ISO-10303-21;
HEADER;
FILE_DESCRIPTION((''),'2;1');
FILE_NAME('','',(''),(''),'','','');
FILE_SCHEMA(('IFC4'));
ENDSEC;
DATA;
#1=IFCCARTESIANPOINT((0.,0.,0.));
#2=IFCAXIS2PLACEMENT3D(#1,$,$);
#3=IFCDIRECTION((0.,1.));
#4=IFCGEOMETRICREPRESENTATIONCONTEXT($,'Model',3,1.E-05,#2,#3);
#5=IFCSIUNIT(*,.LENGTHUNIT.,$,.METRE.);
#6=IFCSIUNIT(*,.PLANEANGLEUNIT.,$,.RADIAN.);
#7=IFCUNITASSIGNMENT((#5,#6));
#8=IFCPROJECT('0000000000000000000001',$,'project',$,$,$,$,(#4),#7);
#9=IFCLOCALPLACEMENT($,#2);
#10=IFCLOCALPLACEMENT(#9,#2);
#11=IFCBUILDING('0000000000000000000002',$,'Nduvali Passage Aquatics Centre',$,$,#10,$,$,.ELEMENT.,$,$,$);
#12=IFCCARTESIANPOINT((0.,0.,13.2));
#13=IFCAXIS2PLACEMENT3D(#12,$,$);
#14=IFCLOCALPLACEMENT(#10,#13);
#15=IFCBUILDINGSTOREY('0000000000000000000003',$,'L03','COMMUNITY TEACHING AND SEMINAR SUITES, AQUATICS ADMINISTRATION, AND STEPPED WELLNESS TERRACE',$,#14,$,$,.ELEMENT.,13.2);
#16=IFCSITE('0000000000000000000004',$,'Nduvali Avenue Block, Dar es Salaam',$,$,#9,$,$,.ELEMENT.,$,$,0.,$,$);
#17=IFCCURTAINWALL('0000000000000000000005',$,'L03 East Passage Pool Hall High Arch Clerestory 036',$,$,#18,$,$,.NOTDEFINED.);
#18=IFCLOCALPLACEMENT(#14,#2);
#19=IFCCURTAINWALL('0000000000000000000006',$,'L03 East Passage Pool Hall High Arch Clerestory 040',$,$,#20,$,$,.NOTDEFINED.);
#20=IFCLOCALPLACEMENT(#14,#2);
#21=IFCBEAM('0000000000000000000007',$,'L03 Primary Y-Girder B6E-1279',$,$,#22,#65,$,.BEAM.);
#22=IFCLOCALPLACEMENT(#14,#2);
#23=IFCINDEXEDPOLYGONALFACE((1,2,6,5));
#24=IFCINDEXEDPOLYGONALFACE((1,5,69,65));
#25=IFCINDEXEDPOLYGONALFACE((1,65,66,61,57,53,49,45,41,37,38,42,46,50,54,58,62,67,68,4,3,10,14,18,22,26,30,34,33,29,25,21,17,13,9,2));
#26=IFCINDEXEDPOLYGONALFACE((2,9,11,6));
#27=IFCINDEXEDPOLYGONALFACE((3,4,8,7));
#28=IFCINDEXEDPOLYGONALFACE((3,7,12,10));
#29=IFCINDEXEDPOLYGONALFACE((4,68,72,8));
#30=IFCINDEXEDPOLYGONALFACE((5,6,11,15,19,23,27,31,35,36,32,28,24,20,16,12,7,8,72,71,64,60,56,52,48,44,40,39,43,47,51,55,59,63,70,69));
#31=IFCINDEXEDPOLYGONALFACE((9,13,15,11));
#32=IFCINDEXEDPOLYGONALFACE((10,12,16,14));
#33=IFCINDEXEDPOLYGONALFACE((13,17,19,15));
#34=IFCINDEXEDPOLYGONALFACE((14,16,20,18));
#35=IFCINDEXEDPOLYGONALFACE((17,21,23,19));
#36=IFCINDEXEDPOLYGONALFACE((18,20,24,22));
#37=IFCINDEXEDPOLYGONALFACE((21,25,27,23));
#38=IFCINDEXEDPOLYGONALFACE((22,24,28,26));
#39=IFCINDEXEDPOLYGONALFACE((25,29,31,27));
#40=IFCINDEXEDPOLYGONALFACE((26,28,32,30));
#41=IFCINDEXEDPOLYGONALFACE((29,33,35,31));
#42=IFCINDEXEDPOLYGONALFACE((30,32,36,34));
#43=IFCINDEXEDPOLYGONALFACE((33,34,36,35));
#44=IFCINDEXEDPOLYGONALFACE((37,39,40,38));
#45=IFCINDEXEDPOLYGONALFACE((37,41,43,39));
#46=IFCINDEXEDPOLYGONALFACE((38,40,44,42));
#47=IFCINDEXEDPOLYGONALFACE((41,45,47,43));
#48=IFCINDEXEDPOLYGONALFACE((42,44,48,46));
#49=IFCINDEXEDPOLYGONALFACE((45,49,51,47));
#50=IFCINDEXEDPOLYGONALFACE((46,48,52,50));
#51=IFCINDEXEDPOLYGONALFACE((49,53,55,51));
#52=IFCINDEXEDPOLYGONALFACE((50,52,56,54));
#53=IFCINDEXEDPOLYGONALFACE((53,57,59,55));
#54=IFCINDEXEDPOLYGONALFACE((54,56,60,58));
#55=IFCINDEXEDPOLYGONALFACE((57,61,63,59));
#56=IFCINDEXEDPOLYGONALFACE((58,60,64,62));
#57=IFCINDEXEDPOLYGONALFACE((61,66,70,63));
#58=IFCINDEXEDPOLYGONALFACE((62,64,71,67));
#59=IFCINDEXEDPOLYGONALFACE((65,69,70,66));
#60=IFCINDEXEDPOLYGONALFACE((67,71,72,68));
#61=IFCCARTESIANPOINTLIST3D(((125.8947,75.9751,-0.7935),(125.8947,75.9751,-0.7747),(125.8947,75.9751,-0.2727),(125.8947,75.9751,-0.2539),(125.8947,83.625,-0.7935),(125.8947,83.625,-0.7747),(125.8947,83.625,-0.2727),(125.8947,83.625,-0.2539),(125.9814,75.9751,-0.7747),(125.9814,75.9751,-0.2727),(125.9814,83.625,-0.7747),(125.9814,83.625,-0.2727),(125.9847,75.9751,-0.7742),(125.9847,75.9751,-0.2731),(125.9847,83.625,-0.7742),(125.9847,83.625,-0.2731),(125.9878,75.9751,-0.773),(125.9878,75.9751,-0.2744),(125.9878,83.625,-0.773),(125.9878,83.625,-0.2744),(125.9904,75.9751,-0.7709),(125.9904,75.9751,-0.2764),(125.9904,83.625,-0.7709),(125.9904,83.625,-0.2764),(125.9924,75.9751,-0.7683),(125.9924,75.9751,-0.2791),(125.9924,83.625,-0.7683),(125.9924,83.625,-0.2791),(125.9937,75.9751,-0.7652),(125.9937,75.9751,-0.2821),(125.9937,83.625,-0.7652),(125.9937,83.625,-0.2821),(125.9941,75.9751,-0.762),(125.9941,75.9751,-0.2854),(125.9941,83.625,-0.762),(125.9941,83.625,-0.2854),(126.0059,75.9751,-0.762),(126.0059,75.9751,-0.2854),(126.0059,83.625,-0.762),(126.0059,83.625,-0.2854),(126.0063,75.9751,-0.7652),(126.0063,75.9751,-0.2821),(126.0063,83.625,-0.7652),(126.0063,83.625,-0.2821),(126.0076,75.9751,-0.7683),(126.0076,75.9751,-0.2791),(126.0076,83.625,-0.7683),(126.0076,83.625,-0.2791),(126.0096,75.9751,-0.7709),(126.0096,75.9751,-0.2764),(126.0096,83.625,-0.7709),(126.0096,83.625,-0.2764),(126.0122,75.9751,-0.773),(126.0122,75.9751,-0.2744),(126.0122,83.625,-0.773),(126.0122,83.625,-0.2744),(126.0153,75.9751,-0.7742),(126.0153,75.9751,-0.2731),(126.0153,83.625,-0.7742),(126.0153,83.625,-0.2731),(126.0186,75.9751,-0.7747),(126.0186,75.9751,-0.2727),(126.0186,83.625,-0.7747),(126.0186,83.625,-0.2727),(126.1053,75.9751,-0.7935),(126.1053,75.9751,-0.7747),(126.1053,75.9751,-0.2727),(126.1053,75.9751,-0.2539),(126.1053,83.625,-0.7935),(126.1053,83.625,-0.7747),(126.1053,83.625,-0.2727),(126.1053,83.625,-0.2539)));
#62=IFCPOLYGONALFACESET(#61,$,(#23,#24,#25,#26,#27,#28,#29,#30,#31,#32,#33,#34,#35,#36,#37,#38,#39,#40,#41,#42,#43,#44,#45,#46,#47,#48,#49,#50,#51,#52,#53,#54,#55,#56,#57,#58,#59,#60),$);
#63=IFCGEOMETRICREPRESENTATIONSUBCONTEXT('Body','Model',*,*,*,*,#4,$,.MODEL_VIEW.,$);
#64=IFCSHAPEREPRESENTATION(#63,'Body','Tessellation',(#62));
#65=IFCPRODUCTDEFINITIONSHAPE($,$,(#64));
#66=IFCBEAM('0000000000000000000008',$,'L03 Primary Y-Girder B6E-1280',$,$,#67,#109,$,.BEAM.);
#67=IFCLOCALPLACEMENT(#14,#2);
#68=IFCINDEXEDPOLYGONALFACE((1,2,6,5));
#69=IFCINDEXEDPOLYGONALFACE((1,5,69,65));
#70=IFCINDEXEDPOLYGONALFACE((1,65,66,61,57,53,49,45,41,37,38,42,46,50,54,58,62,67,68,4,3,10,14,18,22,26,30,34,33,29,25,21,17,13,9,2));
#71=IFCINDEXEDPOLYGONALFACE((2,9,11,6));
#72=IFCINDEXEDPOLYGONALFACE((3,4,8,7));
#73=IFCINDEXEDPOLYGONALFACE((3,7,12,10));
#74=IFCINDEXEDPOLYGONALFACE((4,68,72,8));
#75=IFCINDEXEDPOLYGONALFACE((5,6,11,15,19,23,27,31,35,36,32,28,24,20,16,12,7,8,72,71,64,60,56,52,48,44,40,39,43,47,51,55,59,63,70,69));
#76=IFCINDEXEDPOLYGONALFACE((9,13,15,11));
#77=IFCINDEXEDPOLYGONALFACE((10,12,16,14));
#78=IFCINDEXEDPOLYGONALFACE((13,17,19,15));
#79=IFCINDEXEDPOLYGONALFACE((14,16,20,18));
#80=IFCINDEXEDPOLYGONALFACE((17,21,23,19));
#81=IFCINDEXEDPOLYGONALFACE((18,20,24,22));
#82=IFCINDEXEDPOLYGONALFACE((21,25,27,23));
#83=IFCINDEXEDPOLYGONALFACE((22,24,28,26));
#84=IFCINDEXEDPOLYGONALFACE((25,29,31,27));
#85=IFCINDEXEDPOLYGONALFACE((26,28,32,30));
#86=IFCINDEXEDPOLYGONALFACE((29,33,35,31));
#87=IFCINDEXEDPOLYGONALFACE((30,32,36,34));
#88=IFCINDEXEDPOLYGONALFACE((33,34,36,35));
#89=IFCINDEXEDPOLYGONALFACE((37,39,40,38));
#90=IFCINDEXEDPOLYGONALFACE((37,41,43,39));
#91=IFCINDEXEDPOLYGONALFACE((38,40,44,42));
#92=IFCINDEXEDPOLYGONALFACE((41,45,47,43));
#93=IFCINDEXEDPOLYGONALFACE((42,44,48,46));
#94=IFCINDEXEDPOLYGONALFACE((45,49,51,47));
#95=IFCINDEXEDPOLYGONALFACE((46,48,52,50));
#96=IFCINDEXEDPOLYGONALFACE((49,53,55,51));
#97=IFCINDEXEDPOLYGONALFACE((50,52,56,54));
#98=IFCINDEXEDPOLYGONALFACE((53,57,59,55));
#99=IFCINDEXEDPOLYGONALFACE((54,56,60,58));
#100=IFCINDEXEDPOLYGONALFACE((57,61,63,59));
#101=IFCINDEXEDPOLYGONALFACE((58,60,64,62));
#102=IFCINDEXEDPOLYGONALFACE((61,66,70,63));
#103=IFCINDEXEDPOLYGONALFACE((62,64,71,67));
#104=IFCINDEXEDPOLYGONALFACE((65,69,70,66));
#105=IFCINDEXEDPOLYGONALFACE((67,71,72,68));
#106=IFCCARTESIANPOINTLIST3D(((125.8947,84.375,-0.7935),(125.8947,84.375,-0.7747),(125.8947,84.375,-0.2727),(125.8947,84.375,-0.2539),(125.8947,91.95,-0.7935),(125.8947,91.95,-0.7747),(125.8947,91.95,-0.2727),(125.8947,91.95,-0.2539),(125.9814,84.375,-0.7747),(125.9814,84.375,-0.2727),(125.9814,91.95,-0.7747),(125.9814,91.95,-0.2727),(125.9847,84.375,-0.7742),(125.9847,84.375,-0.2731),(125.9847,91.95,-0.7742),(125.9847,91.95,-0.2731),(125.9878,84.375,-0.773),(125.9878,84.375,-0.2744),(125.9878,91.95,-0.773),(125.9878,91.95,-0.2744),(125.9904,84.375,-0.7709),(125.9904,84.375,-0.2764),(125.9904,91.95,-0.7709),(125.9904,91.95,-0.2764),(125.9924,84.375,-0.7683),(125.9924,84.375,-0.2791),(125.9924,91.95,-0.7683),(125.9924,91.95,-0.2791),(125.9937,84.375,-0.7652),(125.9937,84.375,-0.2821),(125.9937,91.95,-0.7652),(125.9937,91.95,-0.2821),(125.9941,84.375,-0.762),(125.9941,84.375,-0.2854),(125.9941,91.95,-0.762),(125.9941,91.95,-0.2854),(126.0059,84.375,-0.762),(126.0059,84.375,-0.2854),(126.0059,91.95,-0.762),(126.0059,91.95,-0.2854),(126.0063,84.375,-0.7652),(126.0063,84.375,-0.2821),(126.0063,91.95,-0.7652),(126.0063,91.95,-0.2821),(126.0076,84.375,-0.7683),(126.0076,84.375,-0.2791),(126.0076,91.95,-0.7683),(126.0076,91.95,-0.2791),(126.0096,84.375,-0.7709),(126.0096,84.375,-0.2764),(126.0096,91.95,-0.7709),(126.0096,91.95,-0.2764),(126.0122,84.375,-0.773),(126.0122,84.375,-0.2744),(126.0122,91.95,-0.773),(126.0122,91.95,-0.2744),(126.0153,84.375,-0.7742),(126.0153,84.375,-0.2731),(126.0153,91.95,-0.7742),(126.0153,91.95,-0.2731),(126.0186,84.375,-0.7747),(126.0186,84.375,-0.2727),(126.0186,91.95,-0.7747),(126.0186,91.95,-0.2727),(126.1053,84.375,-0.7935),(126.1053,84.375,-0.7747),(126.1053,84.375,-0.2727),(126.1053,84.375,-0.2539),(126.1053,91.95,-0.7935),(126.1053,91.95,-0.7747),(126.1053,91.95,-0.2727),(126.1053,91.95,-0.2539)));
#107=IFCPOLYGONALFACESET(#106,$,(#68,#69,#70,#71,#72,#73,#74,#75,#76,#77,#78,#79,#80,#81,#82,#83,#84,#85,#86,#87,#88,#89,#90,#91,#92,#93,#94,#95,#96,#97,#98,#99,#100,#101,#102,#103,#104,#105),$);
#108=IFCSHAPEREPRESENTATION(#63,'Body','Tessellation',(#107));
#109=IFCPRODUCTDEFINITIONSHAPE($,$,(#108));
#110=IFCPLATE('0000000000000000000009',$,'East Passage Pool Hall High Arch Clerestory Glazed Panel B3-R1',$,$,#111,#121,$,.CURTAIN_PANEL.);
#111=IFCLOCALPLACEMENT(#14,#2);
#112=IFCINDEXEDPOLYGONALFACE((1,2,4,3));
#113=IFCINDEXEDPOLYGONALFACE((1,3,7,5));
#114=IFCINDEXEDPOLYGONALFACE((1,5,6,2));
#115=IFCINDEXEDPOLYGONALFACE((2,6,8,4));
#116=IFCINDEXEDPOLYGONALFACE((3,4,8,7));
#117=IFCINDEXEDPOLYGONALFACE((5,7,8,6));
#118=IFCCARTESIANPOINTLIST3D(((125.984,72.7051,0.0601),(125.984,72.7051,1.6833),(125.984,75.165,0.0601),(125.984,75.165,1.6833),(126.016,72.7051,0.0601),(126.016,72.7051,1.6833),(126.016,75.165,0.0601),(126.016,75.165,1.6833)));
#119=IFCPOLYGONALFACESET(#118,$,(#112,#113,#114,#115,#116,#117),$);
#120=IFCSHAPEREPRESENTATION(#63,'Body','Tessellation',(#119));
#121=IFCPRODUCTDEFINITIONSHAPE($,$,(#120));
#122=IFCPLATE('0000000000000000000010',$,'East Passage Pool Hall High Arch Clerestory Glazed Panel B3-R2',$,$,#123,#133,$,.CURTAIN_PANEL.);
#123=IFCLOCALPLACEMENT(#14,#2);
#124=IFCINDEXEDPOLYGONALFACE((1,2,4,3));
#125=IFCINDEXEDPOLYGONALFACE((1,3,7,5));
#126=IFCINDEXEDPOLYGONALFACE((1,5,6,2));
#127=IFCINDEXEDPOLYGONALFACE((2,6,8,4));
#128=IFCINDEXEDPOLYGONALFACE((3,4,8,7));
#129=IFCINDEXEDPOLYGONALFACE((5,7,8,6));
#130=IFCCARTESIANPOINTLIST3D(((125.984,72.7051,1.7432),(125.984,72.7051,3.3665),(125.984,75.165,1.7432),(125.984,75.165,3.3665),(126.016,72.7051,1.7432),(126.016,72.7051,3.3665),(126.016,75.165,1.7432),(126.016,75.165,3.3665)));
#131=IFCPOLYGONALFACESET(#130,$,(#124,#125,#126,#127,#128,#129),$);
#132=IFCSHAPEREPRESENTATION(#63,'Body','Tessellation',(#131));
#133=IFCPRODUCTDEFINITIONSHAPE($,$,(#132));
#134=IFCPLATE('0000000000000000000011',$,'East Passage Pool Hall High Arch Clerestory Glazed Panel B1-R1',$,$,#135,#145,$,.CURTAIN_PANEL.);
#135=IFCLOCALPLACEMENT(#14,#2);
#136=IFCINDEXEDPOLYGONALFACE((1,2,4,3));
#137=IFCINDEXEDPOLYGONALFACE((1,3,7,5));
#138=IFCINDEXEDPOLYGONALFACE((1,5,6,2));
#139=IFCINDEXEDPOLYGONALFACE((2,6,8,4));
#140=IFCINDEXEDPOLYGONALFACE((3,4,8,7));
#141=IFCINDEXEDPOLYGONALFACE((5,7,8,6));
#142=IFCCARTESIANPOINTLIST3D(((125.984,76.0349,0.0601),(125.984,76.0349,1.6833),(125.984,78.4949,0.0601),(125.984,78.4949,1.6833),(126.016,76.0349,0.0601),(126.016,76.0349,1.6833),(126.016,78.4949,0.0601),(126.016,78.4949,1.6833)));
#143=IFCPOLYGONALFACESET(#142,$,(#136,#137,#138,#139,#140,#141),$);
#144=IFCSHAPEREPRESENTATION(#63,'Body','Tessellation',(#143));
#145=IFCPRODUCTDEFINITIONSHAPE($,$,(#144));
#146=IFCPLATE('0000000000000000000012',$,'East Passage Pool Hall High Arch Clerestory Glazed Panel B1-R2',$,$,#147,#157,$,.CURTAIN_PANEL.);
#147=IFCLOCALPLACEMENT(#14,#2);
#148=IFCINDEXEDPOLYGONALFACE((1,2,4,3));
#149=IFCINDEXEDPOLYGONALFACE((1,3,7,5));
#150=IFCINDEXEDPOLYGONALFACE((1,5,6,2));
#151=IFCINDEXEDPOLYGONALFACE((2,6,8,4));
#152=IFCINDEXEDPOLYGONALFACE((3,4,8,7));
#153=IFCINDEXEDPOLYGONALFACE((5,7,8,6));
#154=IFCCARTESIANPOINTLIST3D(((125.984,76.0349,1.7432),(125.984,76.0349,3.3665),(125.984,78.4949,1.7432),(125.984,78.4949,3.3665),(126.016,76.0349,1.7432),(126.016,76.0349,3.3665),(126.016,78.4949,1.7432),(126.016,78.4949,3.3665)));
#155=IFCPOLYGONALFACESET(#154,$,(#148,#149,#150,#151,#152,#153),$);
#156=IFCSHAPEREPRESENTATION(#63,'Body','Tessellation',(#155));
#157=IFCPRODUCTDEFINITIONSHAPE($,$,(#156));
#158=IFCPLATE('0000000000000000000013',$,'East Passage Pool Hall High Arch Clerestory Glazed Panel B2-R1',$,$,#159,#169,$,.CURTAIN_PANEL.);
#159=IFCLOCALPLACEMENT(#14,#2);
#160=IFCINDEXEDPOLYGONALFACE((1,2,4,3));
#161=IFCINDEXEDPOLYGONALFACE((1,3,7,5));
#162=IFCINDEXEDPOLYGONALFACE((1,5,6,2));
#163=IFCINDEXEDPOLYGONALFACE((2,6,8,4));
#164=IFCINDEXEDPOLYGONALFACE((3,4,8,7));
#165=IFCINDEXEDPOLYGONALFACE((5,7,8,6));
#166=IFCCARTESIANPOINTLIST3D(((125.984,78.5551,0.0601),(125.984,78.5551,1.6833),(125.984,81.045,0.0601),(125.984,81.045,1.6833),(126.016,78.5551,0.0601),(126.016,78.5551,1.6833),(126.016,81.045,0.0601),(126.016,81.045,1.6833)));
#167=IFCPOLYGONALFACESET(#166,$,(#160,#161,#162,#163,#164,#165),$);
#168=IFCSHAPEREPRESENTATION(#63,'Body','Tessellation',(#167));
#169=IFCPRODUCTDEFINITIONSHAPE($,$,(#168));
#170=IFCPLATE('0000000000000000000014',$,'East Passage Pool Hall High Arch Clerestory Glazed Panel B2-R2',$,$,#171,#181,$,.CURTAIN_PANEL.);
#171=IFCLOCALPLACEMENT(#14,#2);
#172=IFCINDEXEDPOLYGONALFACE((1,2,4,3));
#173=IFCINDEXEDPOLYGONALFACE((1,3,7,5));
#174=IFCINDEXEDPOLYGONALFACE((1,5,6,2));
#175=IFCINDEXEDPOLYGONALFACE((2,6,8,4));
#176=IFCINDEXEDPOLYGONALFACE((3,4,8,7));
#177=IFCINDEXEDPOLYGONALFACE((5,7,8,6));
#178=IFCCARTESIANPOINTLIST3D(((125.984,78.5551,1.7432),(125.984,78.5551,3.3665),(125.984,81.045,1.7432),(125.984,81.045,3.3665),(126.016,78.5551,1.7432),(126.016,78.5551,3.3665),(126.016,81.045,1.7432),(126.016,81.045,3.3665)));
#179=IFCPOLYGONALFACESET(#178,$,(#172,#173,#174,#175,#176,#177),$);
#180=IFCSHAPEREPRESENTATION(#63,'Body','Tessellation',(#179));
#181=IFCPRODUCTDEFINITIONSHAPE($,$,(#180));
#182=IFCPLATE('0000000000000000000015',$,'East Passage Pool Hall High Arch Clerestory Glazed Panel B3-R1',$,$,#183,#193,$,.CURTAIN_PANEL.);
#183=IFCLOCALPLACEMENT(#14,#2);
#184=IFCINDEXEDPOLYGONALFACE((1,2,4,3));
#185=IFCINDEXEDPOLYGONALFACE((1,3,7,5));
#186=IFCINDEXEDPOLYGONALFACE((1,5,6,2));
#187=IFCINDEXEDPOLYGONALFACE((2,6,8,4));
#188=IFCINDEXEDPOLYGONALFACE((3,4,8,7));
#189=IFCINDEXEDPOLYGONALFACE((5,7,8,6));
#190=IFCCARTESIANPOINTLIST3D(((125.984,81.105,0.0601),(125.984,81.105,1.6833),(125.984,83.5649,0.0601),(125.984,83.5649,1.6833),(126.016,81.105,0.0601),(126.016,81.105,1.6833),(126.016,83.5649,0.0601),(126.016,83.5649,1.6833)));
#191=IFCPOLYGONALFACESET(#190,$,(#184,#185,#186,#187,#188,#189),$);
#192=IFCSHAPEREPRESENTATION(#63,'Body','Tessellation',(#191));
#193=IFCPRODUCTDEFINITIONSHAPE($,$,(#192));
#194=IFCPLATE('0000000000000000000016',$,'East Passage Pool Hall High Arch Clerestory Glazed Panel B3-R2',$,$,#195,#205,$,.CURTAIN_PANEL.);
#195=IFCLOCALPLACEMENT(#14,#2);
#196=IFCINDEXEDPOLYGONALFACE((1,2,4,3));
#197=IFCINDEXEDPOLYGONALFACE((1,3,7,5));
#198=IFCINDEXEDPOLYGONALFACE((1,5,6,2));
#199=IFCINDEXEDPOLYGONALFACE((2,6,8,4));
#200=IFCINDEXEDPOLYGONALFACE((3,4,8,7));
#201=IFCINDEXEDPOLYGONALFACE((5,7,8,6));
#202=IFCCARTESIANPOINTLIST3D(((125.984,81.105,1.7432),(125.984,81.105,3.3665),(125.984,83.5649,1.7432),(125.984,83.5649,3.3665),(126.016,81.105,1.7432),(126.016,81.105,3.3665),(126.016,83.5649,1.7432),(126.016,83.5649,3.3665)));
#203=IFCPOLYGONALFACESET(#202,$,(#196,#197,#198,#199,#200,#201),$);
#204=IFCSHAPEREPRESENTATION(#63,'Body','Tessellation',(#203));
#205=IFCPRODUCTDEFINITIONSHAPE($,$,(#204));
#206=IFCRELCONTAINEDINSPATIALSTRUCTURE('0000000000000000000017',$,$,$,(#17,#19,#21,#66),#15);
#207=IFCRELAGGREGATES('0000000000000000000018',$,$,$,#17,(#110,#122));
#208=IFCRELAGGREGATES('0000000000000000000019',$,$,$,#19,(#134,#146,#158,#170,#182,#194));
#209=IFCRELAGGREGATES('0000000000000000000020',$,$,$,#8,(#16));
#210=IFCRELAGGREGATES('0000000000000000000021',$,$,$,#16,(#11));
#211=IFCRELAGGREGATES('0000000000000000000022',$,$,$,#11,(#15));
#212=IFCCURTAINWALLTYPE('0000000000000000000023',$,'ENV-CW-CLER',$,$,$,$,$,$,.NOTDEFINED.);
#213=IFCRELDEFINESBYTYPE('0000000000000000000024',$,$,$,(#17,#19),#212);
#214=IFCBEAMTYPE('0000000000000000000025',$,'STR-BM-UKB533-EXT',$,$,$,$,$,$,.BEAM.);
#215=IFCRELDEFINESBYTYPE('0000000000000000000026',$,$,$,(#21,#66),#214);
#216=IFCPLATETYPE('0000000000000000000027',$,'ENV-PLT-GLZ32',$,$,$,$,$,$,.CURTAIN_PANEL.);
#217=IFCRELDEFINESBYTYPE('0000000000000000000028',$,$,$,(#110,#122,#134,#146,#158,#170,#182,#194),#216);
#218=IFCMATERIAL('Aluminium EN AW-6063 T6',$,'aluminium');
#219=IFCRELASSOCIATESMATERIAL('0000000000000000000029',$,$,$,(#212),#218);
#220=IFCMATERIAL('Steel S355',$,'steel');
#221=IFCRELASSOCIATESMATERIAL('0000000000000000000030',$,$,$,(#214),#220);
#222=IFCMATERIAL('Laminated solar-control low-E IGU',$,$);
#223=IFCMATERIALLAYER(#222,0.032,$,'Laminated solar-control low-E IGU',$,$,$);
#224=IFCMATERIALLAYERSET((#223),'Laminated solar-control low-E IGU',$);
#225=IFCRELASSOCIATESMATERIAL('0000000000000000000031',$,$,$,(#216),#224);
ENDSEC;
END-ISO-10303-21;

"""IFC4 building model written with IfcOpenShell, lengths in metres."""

from ifc_helpers import new_model, si_unit, direction, frame, origin, origin_2d, place, context, subcontext, project, spatial, rectangle, i_section, extrude, material, layer, layer_set, material_profile, profile_set, type_object, element, aggregate, save


model = new_model("IFC4")

# Units and contexts
model_context = context("Model", 3, precision=1e-05, world=origin(), true_north=direction((0.0, 1.0)))
body_context = subcontext(model_context, "Body", "Model", "MODEL_VIEW")
ifc_project = project(units=[si_unit("LENGTHUNIT", "METRE"), si_unit("PLANEANGLEUNIT", "RADIAN")], contexts=[model_context])

# Site, building, storey
site_placement = place(None, origin())
site = spatial("IfcSite", under=ifc_project, at=site_placement, Name="Nduvali Avenue Block, Dar es Salaam", CompositionType="ELEMENT", RefElevation=0.0)
building_placement = place(site_placement, origin())
building = spatial("IfcBuilding", under=site, at=building_placement, Name="Nduvali Passage Aquatics Centre", CompositionType="ELEMENT")
storey_placement = place(building_placement, frame((0.0, 0.0, 13.2)))
storey = spatial("IfcBuildingStorey", under=building, at=storey_placement, Name="L03", Description="COMMUNITY TEACHING AND SEMINAR SUITES, AQUATICS ADMINISTRATION, AND STEPPED WELLNESS TERRACE", CompositionType="ELEMENT", Elevation=13.2)

# Curtain wall
ifc_material_1 = material(Name="Aluminium EN AW-6063 T6", Category="aluminium")
curtain_wall_type = type_object("IfcCurtainWallType", Name="ENV-CW-CLER", PredefinedType="NOTDEFINED", material=ifc_material_1)
curtain_wall_1_placement = place(storey_placement, origin())
curtain_wall_1 = element("IfcCurtainWall", 1, at=curtain_wall_1_placement, inside=storey, type_object=curtain_wall_type, Name="L03 East Passage Pool Hall High Arch Clerestory 036", PredefinedType="NOTDEFINED")

# Curtain wall
curtain_wall_2_placement = place(storey_placement, origin())
curtain_wall_2 = element("IfcCurtainWall", 2, at=curtain_wall_2_placement, inside=storey, type_object=curtain_wall_type, Name="L03 East Passage Pool Hall High Arch Clerestory 040", PredefinedType="NOTDEFINED")

# Beams
ifc_material_2 = material(Name="Steel S355", Category="steel")
ifc_material_profile_1 = material_profile(ifc_material_2, i_section(OverallWidth=0.2107, OverallDepth=0.5396, WebThickness=0.0117, FlangeThickness=0.0188, FilletRadius=0.0127, at=origin_2d()), Name="UKB 533x210x109")
ifc_profile_set_1 = profile_set([ifc_material_profile_1], Name="Steel S355")
beam_type = type_object("IfcBeamType", Name="STR-BM-UKB533-EXT", PredefinedType="BEAM", material=ifc_profile_set_1)
beam_1_placement = place(storey_placement, frame((126.0, 75.9751, -0.5237), z_axis=(0.0, 1.0, 0.0), x_axis=(-1.0, 0.0, 0.0)))
element("IfcBeam", 3, at=beam_1_placement, inside=storey, type_object=beam_type, Name="L03 Primary Y-Girder B6E-1279", PredefinedType="BEAM", context=body_context, shape_type="SweptSolid", body=[
    extrude(i_section(OverallWidth=0.2107, OverallDepth=0.5396, WebThickness=0.0117, FlangeThickness=0.0188, FilletRadius=0.0127, at=origin_2d()), origin(), (0.0, 0.0, 1.0), 7.6499),
])
beam_2_placement = place(storey_placement, frame((126.0, 84.375, -0.5237), z_axis=(0.0, 1.0, 0.0), x_axis=(-1.0, 0.0, 0.0)))
element("IfcBeam", 4, at=beam_2_placement, inside=storey, type_object=beam_type, Name="L03 Primary Y-Girder B6E-1280", PredefinedType="BEAM", context=body_context, shape_type="SweptSolid", body=[
    extrude(i_section(OverallWidth=0.2107, OverallDepth=0.5396, WebThickness=0.0117, FlangeThickness=0.0188, FilletRadius=0.0127, at=origin_2d()), origin(), (0.0, 0.0, 1.0), 7.575),
])

# Plates
ifc_material_3 = material(Name="Laminated solar-control low-E IGU")
ifc_layer = layer(ifc_material_3, 0.032, Name="Laminated solar-control low-E IGU")
ifc_layer_set = layer_set([ifc_layer], Name="Laminated solar-control low-E IGU")
plate_type = type_object("IfcPlateType", Name="ENV-PLT-GLZ32", PredefinedType="CURTAIN_PANEL", material=ifc_layer_set)
plate_1_placement = place(storey_placement, frame((126.0, 73.9351, 0.0601), z_axis=(0.0, 0.0, 1.0), x_axis=(0.0, 1.0, 0.0)))
plate_1 = element("IfcPlate", 5, at=plate_1_placement, type_object=plate_type, Name="East Passage Pool Hall High Arch Clerestory Glazed Panel B3-R1", PredefinedType="CURTAIN_PANEL", context=body_context, shape_type="SweptSolid", body=[
    extrude(rectangle(XDim=2.46, YDim=0.032, at=origin_2d()), origin(), (0.0, 0.0, 1.0), 1.6233),
])
plate_2_placement = place(storey_placement, frame((126.0, 73.9351, 1.7432), z_axis=(0.0, 0.0, 1.0), x_axis=(0.0, 1.0, 0.0)))
plate_2 = element("IfcPlate", 6, at=plate_2_placement, type_object=plate_type, Name="East Passage Pool Hall High Arch Clerestory Glazed Panel B3-R2", PredefinedType="CURTAIN_PANEL", context=body_context, shape_type="SweptSolid", body=[
    extrude(rectangle(XDim=2.46, YDim=0.032, at=origin_2d()), origin(), (0.0, 0.0, 1.0), 1.6233),
])
aggregate(curtain_wall_1, [plate_1, plate_2])
plate_3_placement = place(storey_placement, frame((126.0, 77.2649, 0.0601), z_axis=(0.0, 0.0, 1.0), x_axis=(0.0, 1.0, 0.0)))
plate_3 = element("IfcPlate", 7, at=plate_3_placement, type_object=plate_type, Name="East Passage Pool Hall High Arch Clerestory Glazed Panel B1-R1", PredefinedType="CURTAIN_PANEL", context=body_context, shape_type="SweptSolid", body=[
    extrude(rectangle(XDim=2.46, YDim=0.032, at=origin_2d()), origin(), (0.0, 0.0, 1.0), 1.6233),
])
plate_4_placement = place(storey_placement, frame((126.0, 77.2649, 1.7432), z_axis=(0.0, 0.0, 1.0), x_axis=(0.0, 1.0, 0.0)))
plate_4 = element("IfcPlate", 8, at=plate_4_placement, type_object=plate_type, Name="East Passage Pool Hall High Arch Clerestory Glazed Panel B1-R2", PredefinedType="CURTAIN_PANEL", context=body_context, shape_type="SweptSolid", body=[
    extrude(rectangle(XDim=2.46, YDim=0.032, at=origin_2d()), origin(), (0.0, 0.0, 1.0), 1.6233),
])
plate_5_placement = place(storey_placement, frame((126.0, 79.8, 0.0601), z_axis=(0.0, 0.0, 1.0), x_axis=(0.0, 1.0, 0.0)))
plate_5 = element("IfcPlate", 9, at=plate_5_placement, type_object=plate_type, Name="East Passage Pool Hall High Arch Clerestory Glazed Panel B2-R1", PredefinedType="CURTAIN_PANEL", context=body_context, shape_type="SweptSolid", body=[
    extrude(rectangle(XDim=2.49, YDim=0.032, at=origin_2d()), origin(), (0.0, 0.0, 1.0), 1.6233),
])
plate_6_placement = place(storey_placement, frame((126.0, 79.8, 1.7432), z_axis=(0.0, 0.0, 1.0), x_axis=(0.0, 1.0, 0.0)))
plate_6 = element("IfcPlate", 10, at=plate_6_placement, type_object=plate_type, Name="East Passage Pool Hall High Arch Clerestory Glazed Panel B2-R2", PredefinedType="CURTAIN_PANEL", context=body_context, shape_type="SweptSolid", body=[
    extrude(rectangle(XDim=2.49, YDim=0.032, at=origin_2d()), origin(), (0.0, 0.0, 1.0), 1.6233),
])
plate_7_placement = place(storey_placement, frame((126.0, 82.335, 0.0601), z_axis=(0.0, 0.0, 1.0), x_axis=(0.0, 1.0, 0.0)))
plate_7 = element("IfcPlate", 11, at=plate_7_placement, type_object=plate_type, Name="East Passage Pool Hall High Arch Clerestory Glazed Panel B3-R1", PredefinedType="CURTAIN_PANEL", context=body_context, shape_type="SweptSolid", body=[
    extrude(rectangle(XDim=2.46, YDim=0.032, at=origin_2d()), origin(), (0.0, 0.0, 1.0), 1.6233),
])
plate_8_placement = place(storey_placement, frame((126.0, 82.335, 1.7432), z_axis=(0.0, 0.0, 1.0), x_axis=(0.0, 1.0, 0.0)))
plate_8 = element("IfcPlate", 12, at=plate_8_placement, type_object=plate_type, Name="East Passage Pool Hall High Arch Clerestory Glazed Panel B3-R2", PredefinedType="CURTAIN_PANEL", context=body_context, shape_type="SweptSolid", body=[
    extrude(rectangle(XDim=2.46, YDim=0.032, at=origin_2d()), origin(), (0.0, 0.0, 1.0), 1.6233),
])
aggregate(curtain_wall_2, [plate_3, plate_4, plate_5, plate_6, plate_7, plate_8])

save(model, "model.ifc")
